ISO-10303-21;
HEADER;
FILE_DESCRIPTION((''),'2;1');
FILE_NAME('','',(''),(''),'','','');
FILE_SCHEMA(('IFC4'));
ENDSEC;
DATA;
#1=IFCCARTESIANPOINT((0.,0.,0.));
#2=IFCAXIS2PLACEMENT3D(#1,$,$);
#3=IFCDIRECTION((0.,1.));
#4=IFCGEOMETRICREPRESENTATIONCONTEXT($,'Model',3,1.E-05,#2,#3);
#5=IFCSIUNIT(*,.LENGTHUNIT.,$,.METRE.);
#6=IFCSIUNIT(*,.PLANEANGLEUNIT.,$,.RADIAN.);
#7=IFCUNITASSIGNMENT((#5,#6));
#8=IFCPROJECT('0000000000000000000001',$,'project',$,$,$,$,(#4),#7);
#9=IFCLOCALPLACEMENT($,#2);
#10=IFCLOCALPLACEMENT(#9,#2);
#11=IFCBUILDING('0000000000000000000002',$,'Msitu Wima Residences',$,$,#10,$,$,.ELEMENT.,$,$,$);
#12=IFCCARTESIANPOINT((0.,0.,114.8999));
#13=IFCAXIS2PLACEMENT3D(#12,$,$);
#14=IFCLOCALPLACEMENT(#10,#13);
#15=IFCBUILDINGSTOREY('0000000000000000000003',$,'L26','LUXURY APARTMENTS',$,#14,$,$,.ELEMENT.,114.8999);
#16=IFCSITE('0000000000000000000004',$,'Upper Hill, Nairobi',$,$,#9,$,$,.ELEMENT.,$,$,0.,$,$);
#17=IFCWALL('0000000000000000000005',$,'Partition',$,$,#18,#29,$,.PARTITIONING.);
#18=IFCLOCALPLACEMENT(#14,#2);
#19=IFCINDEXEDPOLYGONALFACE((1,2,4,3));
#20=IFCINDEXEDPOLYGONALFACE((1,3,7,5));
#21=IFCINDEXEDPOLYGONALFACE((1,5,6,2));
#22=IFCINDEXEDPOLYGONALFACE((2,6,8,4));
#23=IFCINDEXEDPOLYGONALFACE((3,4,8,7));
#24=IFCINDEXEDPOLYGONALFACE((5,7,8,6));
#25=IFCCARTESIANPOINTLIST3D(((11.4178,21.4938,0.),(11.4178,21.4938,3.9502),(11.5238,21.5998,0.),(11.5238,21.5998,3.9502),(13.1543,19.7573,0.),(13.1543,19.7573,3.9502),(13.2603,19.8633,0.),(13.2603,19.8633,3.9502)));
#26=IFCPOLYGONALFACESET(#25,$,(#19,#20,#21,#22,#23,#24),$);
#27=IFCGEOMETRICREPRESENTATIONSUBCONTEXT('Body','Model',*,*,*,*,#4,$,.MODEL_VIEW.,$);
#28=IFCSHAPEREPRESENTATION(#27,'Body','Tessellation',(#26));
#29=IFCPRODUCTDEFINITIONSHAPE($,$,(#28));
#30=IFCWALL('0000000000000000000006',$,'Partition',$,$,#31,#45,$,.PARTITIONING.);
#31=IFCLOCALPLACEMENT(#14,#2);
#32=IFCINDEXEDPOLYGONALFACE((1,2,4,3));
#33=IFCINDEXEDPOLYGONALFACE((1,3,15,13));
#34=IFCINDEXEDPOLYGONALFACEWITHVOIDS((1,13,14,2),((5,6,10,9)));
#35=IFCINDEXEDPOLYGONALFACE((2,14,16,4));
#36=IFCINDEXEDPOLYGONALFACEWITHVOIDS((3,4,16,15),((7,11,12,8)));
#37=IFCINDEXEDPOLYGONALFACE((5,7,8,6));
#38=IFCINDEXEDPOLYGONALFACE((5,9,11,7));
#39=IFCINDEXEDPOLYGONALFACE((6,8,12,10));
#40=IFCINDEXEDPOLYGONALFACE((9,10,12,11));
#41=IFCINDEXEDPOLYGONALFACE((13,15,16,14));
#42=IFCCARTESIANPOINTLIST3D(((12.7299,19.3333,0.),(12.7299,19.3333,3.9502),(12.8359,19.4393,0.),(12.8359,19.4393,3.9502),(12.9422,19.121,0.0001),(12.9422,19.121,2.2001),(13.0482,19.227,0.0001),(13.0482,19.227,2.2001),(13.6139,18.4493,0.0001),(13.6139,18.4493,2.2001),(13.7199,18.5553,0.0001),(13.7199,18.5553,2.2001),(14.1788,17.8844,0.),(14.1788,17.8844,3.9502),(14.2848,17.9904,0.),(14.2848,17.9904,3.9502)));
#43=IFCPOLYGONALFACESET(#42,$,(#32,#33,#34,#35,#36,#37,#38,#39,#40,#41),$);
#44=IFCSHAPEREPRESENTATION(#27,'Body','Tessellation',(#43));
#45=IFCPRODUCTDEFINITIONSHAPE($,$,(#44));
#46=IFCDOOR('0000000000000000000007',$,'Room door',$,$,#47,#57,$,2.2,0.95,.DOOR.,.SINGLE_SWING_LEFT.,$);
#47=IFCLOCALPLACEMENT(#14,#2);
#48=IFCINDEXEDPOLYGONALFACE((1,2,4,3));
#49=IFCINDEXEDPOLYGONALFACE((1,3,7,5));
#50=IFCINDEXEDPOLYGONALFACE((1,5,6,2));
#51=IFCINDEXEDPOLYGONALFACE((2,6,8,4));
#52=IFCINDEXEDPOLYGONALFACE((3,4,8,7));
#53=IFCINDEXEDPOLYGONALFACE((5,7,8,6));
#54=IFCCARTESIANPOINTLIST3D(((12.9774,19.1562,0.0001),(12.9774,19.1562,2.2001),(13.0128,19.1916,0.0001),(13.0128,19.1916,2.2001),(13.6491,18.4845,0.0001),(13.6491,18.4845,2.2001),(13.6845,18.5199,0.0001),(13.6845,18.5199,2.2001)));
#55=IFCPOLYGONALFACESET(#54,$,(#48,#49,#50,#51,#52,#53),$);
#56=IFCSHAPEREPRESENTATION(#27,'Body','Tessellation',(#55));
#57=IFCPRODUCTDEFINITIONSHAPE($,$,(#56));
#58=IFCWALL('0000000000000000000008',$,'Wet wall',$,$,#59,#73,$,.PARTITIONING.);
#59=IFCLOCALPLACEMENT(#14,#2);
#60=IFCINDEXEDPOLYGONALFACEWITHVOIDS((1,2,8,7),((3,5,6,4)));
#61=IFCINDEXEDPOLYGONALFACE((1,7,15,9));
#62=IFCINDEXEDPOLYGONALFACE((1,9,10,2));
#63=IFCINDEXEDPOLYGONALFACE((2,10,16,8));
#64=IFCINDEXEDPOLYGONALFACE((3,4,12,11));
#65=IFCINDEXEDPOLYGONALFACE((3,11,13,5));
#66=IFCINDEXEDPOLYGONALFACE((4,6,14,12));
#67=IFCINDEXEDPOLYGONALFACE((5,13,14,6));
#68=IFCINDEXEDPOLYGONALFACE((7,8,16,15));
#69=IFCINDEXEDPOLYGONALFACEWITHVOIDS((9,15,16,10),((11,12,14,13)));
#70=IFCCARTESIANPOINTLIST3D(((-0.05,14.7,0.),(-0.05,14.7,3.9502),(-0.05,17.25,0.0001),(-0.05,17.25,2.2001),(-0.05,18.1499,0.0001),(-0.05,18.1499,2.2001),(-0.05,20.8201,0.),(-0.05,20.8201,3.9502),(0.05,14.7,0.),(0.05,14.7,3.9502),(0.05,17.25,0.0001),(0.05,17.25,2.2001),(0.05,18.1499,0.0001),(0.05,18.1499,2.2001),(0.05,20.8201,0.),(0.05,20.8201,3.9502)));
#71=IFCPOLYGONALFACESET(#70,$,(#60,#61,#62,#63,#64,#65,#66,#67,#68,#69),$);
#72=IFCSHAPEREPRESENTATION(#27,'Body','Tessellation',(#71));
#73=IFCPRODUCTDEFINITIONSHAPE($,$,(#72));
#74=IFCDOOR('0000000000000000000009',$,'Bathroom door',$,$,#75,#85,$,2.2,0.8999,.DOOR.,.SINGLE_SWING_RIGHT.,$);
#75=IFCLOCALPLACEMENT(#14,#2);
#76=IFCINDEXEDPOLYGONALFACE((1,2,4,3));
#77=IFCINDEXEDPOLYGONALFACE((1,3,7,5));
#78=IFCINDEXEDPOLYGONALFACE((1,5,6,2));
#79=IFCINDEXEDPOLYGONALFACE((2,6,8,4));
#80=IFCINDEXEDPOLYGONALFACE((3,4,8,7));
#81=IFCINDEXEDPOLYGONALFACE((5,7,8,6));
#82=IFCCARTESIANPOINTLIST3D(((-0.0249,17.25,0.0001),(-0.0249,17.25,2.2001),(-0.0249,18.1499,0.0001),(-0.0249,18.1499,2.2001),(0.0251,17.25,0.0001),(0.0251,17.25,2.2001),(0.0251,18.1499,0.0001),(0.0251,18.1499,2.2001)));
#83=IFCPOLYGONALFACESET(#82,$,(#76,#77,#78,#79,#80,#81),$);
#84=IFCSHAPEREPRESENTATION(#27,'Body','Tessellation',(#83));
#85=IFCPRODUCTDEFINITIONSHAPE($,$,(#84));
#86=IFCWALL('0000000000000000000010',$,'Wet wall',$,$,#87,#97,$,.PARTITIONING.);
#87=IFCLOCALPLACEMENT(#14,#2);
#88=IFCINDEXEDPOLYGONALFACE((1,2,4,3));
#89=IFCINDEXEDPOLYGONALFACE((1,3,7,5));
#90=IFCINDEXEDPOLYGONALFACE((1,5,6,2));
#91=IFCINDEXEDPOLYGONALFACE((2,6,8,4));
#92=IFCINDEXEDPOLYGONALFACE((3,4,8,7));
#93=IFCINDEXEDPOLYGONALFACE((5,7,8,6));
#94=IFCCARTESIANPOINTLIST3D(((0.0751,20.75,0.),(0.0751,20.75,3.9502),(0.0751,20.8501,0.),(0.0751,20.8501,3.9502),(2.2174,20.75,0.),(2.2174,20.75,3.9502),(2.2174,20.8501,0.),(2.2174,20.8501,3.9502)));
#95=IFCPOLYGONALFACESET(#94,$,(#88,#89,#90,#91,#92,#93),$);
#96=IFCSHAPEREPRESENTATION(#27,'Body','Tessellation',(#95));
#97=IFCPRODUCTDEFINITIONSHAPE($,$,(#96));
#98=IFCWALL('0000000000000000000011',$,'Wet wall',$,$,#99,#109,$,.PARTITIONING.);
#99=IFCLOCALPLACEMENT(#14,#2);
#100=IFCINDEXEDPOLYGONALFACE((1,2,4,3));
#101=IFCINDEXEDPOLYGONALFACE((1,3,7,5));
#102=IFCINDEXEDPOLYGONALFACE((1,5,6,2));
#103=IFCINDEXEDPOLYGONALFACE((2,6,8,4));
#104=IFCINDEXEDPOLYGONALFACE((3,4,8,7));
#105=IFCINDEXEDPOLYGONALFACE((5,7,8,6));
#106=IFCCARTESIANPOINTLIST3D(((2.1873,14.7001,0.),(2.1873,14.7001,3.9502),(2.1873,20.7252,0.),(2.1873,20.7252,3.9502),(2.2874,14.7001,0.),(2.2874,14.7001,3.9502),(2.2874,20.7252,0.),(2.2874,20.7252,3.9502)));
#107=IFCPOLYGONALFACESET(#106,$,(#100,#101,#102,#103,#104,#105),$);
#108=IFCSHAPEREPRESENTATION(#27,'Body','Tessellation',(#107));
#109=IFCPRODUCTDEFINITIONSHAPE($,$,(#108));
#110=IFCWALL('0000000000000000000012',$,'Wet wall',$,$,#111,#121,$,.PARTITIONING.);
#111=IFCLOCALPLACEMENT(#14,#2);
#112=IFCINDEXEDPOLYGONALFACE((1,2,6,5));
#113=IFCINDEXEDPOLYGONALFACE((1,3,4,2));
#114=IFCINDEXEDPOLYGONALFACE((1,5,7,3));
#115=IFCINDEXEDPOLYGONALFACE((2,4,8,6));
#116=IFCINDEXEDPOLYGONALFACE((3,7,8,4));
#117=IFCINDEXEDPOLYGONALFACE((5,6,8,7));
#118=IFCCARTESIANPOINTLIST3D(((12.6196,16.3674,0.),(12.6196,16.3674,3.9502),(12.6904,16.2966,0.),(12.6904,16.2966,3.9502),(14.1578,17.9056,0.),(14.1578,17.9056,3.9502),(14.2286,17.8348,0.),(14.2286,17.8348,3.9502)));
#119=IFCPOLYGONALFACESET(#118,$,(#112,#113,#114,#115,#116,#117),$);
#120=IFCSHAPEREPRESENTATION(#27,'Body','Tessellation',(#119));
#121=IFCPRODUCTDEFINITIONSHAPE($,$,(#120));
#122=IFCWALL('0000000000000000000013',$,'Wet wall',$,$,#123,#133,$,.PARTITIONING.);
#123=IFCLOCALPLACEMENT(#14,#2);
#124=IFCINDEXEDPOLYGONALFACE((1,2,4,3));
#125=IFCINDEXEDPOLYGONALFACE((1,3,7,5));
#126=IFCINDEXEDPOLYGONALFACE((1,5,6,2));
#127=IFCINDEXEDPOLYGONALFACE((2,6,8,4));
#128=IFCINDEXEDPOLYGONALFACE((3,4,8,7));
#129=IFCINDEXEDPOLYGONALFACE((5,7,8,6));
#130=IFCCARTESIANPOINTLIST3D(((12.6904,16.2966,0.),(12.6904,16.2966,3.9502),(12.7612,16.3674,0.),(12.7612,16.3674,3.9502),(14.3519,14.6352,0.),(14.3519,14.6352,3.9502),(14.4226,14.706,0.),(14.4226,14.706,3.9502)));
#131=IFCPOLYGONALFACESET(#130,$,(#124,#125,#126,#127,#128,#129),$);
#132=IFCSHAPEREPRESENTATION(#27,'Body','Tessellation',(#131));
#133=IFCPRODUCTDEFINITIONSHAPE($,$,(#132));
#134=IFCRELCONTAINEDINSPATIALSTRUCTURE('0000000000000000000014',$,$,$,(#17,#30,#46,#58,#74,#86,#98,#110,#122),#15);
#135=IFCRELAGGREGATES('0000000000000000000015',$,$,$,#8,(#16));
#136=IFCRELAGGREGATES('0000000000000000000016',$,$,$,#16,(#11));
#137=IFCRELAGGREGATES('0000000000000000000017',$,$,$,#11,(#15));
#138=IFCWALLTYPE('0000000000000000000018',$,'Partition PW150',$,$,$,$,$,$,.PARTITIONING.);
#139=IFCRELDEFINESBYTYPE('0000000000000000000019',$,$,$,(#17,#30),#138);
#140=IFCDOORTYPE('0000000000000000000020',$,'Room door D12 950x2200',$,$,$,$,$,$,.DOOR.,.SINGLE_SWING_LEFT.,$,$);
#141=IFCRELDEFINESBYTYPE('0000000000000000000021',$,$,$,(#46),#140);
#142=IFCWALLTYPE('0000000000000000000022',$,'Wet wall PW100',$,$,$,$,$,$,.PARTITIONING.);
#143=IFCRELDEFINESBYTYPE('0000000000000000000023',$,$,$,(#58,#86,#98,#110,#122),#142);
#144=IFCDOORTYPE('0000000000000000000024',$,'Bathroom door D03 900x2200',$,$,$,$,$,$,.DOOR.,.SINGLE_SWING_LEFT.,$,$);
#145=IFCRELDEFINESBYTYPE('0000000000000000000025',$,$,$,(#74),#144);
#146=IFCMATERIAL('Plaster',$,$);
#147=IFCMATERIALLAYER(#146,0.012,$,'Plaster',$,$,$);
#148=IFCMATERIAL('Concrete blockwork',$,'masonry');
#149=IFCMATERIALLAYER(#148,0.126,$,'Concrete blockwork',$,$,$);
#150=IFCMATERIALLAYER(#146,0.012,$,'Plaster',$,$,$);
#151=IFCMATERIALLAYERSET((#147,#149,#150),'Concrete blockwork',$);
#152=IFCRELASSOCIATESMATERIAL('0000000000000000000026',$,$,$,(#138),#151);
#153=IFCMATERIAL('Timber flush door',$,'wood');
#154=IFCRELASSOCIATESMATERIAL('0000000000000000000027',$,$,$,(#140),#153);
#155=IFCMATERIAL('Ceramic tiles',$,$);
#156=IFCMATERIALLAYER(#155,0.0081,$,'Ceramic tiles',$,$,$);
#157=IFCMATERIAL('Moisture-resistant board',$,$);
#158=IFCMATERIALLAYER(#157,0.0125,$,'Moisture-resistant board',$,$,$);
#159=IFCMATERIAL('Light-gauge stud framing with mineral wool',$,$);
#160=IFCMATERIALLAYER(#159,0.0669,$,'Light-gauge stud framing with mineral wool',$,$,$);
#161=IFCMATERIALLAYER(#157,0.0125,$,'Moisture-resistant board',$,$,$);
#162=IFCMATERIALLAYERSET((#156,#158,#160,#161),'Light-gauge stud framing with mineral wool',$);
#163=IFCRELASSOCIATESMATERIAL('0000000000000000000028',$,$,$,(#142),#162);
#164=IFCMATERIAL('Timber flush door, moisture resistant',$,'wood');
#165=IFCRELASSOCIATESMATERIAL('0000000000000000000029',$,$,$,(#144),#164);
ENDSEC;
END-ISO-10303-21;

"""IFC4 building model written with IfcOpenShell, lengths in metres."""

from ifc_helpers import new_model, si_unit, direction, frame, frame_2d, origin, place, context, subcontext, project, spatial, rectangle, extrude, material, layer, layer_set, type_object, element, fill, save


model = new_model("IFC4")

# Units and contexts
model_context = context("Model", 3, precision=1e-05, world=origin(), true_north=direction((0.0, 1.0)))
body_context = subcontext(model_context, "Body", "Model", "MODEL_VIEW")
ifc_project = project(units=[si_unit("LENGTHUNIT", "METRE"), si_unit("PLANEANGLEUNIT", "RADIAN")], contexts=[model_context])

# Site, building, storey
site_placement = place(None, origin())
site = spatial("IfcSite", under=ifc_project, at=site_placement, Name="Upper Hill, Nairobi", CompositionType="ELEMENT", RefElevation=0.0)
building_placement = place(site_placement, origin())
building = spatial("IfcBuilding", under=site, at=building_placement, Name="Msitu Wima Residences", CompositionType="ELEMENT")
storey_placement = place(building_placement, frame((0.0, 0.0, 114.8999)))
storey = spatial("IfcBuildingStorey", under=building, at=storey_placement, Name="L26", Description="LUXURY APARTMENTS", CompositionType="ELEMENT", Elevation=114.8999)

# Shared definitions
ifc_material_1 = material(Name="Plaster")
ifc_layer_1 = layer(ifc_material_1, 0.012, Name="Plaster")
ifc_material_2 = material(Name="Concrete blockwork", Category="masonry")
ifc_layer_2 = layer(ifc_material_2, 0.126, Name="Concrete blockwork")
ifc_layer_3 = layer(ifc_material_1, 0.012, Name="Plaster")
ifc_layer_set_1 = layer_set([ifc_layer_1, ifc_layer_2, ifc_layer_3], Name="Concrete blockwork")
wall_type_1 = type_object("IfcWallType", Name="Partition PW150", PredefinedType="PARTITIONING", material=ifc_layer_set_1)
ifc_material_3 = material(Name="Timber flush door", Category="wood")
door_type_1 = type_object("IfcDoorType", Name="Room door D12 950x2200", OperationType="SINGLE_SWING_LEFT", PredefinedType="DOOR", material=ifc_material_3)

# Wall
wall_1_placement = place(storey_placement, frame((11.4707, 21.5469, 0.0), z_axis=(0.0, 0.0, 1.0), x_axis=(0.707107, -0.707107, 0.0)))
element("IfcWall", 1, at=wall_1_placement, inside=storey, type_object=wall_type_1, Name="Partition", PredefinedType="PARTITIONING", context=body_context, shape_type="SweptSolid", body=[
    extrude(rectangle(XDim=2.4558, YDim=0.1499, at=frame_2d((1.228, 0.0))), origin(), (0.0, 0.0, 1.0), 3.9502),
])

# Walls, openings, doors
wall_2_placement = place(storey_placement, frame((12.783, 19.3862, 0.0), z_axis=(0.0, 0.0, 1.0), x_axis=(0.707107, -0.707107, 0.0)))
wall_2 = element("IfcWall", 2, at=wall_2_placement, inside=storey, type_object=wall_type_1, Name="Partition", PredefinedType="PARTITIONING", context=body_context, shape_type="SweptSolid", body=[
    extrude(rectangle(XDim=2.0491, YDim=0.1499, at=frame_2d((1.0244, 0.0))), origin(), (0.0, 0.0, 1.0), 3.9502),
])
opening_1_placement = place(wall_2_placement, frame((0.3, 0.0, 0.0)))
opening_1 = element("IfcOpeningElement", 3, at=opening_1_placement, cuts=wall_2, PredefinedType="OPENING", context=body_context, shape_type="SweptSolid", body=[
    extrude(rectangle(XDim=0.95, YDim=2.2, at=frame_2d((0.4751, 1.1001))), frame((0.0, 0.085, 0.0), z_axis=(0.0, -1.0, 0.0), x_axis=(1.0, 0.0, 0.0)), (0.0, 0.0, 1.0), 0.1699),
])
door_1_placement = place(opening_1_placement, origin())
door_1 = element("IfcDoor", 4, at=door_1_placement, inside=storey, type_object=door_type_1, Name="Room door", OperationType="SINGLE_SWING_LEFT", OverallHeight=2.2, OverallWidth=0.95, PredefinedType="DOOR", context=body_context, shape_type="SweptSolid", body=[
    extrude(rectangle(XDim=0.95, YDim=2.2, at=frame_2d((0.4751, 1.1001))), frame((0.0, 0.0249, 0.0), z_axis=(0.0, -1.0, 0.0), x_axis=(1.0, 0.0, 0.0)), (0.0, 0.0, 1.0), 0.05),
])
fill(opening_1, door_1)
ifc_material_4 = material(Name="Ceramic tiles")
ifc_layer_4 = layer(ifc_material_4, 0.0081, Name="Ceramic tiles")
ifc_material_5 = material(Name="Moisture-resistant board")
ifc_layer_5 = layer(ifc_material_5, 0.0125, Name="Moisture-resistant board")
ifc_material_6 = material(Name="Light-gauge stud framing with mineral wool")
ifc_layer_6 = layer(ifc_material_6, 0.0669, Name="Light-gauge stud framing with mineral wool")
ifc_layer_7 = layer(ifc_material_5, 0.0125, Name="Moisture-resistant board")
ifc_layer_set_2 = layer_set([ifc_layer_4, ifc_layer_5, ifc_layer_6, ifc_layer_7], Name="Light-gauge stud framing with mineral wool")
wall_type_2 = type_object("IfcWallType", Name="Wet wall PW100", PredefinedType="PARTITIONING", material=ifc_layer_set_2)
wall_3_placement = place(storey_placement, frame((0.0, 14.7, 0.0), z_axis=(0.0, 0.0, 1.0), x_axis=(0.0, 1.0, 0.0)))
wall_3 = element("IfcWall", 5, at=wall_3_placement, inside=storey, type_object=wall_type_2, Name="Wet wall", PredefinedType="PARTITIONING", context=body_context, shape_type="SweptSolid", body=[
    extrude(rectangle(XDim=6.1201, YDim=0.1001, at=frame_2d((3.0601, 0.0))), origin(), (0.0, 0.0, 1.0), 3.9502),
])
opening_2_placement = place(wall_3_placement, frame((2.55, 0.0, 0.0)))
opening_2 = element("IfcOpeningElement", 6, at=opening_2_placement, cuts=wall_3, PredefinedType="OPENING", context=body_context, shape_type="SweptSolid", body=[
    extrude(rectangle(XDim=0.8999, YDim=2.2, at=frame_2d((0.45, 1.1001))), frame((0.0, 0.0601, 0.0), z_axis=(0.0, -1.0, 0.0), x_axis=(1.0, 0.0, 0.0)), (0.0, 0.0, 1.0), 0.1201),
])
ifc_material_7 = material(Name="Timber flush door, moisture resistant", Category="wood")
door_type_2 = type_object("IfcDoorType", Name="Bathroom door D03 900x2200", OperationType="SINGLE_SWING_LEFT", PredefinedType="DOOR", material=ifc_material_7)
door_2_placement = place(opening_2_placement, origin())
door_2 = element("IfcDoor", 7, at=door_2_placement, inside=storey, type_object=door_type_2, Name="Bathroom door", OperationType="SINGLE_SWING_RIGHT", OverallHeight=2.2, OverallWidth=0.8999, PredefinedType="DOOR", context=body_context, shape_type="SweptSolid", body=[
    extrude(rectangle(XDim=0.8999, YDim=2.2, at=frame_2d((0.45, 1.1001))), frame((0.0, 0.0249, 0.0), z_axis=(0.0, -1.0, 0.0), x_axis=(1.0, 0.0, 0.0)), (0.0, 0.0, 1.0), 0.05),
])
fill(opening_2, door_2)

# Walls
wall_4_placement = place(storey_placement, frame((0.075, 20.8, 0.0), z_axis=(0.0, 0.0, 1.0), x_axis=(1.0, 0.0, 0.0)))
element("IfcWall", 8, at=wall_4_placement, inside=storey, type_object=wall_type_2, Name="Wet wall", PredefinedType="PARTITIONING", context=body_context, shape_type="SweptSolid", body=[
    extrude(rectangle(XDim=2.1423, YDim=0.1001, at=frame_2d((1.0713, 0.0))), origin(), (0.0, 0.0, 1.0), 3.9502),
])
wall_5_placement = place(storey_placement, frame((2.2373, 14.7, 0.0), z_axis=(0.0, 0.0, 1.0), x_axis=(0.0, 1.0, 0.0)))
element("IfcWall", 9, at=wall_5_placement, inside=storey, type_object=wall_type_2, Name="Wet wall", PredefinedType="PARTITIONING", context=body_context, shape_type="SweptSolid", body=[
    extrude(rectangle(XDim=6.0251, YDim=0.1001, at=frame_2d((3.0127, 0.0))), origin(), (0.0, 0.0, 1.0), 3.9502),
])
wall_6_placement = place(storey_placement, frame((12.655, 16.332, 0.0), z_axis=(0.0, 0.0, 1.0), x_axis=(0.707107, 0.707107, 0.0)))
element("IfcWall", 10, at=wall_6_placement, inside=storey, type_object=wall_type_2, Name="Wet wall", PredefinedType="PARTITIONING", context=body_context, shape_type="SweptSolid", body=[
    extrude(rectangle(XDim=2.1753, YDim=0.1001, at=frame_2d((1.0876, 0.0))), origin(), (0.0, 0.0, 1.0), 3.9502),
])
wall_7_placement = place(storey_placement, frame((12.7258, 16.332, 0.0), z_axis=(0.0, 0.0, 1.0), x_axis=(0.707107, -0.707107, 0.0)))
element("IfcWall", 11, at=wall_7_placement, inside=storey, type_object=wall_type_2, Name="Wet wall", PredefinedType="PARTITIONING", context=body_context, shape_type="SweptSolid", body=[
    extrude(rectangle(XDim=2.3496, YDim=0.1001, at=frame_2d((1.1748, 0.0))), origin(), (0.0, 0.0, 1.0), 3.9502),
])

save(model, "model.ifc")
